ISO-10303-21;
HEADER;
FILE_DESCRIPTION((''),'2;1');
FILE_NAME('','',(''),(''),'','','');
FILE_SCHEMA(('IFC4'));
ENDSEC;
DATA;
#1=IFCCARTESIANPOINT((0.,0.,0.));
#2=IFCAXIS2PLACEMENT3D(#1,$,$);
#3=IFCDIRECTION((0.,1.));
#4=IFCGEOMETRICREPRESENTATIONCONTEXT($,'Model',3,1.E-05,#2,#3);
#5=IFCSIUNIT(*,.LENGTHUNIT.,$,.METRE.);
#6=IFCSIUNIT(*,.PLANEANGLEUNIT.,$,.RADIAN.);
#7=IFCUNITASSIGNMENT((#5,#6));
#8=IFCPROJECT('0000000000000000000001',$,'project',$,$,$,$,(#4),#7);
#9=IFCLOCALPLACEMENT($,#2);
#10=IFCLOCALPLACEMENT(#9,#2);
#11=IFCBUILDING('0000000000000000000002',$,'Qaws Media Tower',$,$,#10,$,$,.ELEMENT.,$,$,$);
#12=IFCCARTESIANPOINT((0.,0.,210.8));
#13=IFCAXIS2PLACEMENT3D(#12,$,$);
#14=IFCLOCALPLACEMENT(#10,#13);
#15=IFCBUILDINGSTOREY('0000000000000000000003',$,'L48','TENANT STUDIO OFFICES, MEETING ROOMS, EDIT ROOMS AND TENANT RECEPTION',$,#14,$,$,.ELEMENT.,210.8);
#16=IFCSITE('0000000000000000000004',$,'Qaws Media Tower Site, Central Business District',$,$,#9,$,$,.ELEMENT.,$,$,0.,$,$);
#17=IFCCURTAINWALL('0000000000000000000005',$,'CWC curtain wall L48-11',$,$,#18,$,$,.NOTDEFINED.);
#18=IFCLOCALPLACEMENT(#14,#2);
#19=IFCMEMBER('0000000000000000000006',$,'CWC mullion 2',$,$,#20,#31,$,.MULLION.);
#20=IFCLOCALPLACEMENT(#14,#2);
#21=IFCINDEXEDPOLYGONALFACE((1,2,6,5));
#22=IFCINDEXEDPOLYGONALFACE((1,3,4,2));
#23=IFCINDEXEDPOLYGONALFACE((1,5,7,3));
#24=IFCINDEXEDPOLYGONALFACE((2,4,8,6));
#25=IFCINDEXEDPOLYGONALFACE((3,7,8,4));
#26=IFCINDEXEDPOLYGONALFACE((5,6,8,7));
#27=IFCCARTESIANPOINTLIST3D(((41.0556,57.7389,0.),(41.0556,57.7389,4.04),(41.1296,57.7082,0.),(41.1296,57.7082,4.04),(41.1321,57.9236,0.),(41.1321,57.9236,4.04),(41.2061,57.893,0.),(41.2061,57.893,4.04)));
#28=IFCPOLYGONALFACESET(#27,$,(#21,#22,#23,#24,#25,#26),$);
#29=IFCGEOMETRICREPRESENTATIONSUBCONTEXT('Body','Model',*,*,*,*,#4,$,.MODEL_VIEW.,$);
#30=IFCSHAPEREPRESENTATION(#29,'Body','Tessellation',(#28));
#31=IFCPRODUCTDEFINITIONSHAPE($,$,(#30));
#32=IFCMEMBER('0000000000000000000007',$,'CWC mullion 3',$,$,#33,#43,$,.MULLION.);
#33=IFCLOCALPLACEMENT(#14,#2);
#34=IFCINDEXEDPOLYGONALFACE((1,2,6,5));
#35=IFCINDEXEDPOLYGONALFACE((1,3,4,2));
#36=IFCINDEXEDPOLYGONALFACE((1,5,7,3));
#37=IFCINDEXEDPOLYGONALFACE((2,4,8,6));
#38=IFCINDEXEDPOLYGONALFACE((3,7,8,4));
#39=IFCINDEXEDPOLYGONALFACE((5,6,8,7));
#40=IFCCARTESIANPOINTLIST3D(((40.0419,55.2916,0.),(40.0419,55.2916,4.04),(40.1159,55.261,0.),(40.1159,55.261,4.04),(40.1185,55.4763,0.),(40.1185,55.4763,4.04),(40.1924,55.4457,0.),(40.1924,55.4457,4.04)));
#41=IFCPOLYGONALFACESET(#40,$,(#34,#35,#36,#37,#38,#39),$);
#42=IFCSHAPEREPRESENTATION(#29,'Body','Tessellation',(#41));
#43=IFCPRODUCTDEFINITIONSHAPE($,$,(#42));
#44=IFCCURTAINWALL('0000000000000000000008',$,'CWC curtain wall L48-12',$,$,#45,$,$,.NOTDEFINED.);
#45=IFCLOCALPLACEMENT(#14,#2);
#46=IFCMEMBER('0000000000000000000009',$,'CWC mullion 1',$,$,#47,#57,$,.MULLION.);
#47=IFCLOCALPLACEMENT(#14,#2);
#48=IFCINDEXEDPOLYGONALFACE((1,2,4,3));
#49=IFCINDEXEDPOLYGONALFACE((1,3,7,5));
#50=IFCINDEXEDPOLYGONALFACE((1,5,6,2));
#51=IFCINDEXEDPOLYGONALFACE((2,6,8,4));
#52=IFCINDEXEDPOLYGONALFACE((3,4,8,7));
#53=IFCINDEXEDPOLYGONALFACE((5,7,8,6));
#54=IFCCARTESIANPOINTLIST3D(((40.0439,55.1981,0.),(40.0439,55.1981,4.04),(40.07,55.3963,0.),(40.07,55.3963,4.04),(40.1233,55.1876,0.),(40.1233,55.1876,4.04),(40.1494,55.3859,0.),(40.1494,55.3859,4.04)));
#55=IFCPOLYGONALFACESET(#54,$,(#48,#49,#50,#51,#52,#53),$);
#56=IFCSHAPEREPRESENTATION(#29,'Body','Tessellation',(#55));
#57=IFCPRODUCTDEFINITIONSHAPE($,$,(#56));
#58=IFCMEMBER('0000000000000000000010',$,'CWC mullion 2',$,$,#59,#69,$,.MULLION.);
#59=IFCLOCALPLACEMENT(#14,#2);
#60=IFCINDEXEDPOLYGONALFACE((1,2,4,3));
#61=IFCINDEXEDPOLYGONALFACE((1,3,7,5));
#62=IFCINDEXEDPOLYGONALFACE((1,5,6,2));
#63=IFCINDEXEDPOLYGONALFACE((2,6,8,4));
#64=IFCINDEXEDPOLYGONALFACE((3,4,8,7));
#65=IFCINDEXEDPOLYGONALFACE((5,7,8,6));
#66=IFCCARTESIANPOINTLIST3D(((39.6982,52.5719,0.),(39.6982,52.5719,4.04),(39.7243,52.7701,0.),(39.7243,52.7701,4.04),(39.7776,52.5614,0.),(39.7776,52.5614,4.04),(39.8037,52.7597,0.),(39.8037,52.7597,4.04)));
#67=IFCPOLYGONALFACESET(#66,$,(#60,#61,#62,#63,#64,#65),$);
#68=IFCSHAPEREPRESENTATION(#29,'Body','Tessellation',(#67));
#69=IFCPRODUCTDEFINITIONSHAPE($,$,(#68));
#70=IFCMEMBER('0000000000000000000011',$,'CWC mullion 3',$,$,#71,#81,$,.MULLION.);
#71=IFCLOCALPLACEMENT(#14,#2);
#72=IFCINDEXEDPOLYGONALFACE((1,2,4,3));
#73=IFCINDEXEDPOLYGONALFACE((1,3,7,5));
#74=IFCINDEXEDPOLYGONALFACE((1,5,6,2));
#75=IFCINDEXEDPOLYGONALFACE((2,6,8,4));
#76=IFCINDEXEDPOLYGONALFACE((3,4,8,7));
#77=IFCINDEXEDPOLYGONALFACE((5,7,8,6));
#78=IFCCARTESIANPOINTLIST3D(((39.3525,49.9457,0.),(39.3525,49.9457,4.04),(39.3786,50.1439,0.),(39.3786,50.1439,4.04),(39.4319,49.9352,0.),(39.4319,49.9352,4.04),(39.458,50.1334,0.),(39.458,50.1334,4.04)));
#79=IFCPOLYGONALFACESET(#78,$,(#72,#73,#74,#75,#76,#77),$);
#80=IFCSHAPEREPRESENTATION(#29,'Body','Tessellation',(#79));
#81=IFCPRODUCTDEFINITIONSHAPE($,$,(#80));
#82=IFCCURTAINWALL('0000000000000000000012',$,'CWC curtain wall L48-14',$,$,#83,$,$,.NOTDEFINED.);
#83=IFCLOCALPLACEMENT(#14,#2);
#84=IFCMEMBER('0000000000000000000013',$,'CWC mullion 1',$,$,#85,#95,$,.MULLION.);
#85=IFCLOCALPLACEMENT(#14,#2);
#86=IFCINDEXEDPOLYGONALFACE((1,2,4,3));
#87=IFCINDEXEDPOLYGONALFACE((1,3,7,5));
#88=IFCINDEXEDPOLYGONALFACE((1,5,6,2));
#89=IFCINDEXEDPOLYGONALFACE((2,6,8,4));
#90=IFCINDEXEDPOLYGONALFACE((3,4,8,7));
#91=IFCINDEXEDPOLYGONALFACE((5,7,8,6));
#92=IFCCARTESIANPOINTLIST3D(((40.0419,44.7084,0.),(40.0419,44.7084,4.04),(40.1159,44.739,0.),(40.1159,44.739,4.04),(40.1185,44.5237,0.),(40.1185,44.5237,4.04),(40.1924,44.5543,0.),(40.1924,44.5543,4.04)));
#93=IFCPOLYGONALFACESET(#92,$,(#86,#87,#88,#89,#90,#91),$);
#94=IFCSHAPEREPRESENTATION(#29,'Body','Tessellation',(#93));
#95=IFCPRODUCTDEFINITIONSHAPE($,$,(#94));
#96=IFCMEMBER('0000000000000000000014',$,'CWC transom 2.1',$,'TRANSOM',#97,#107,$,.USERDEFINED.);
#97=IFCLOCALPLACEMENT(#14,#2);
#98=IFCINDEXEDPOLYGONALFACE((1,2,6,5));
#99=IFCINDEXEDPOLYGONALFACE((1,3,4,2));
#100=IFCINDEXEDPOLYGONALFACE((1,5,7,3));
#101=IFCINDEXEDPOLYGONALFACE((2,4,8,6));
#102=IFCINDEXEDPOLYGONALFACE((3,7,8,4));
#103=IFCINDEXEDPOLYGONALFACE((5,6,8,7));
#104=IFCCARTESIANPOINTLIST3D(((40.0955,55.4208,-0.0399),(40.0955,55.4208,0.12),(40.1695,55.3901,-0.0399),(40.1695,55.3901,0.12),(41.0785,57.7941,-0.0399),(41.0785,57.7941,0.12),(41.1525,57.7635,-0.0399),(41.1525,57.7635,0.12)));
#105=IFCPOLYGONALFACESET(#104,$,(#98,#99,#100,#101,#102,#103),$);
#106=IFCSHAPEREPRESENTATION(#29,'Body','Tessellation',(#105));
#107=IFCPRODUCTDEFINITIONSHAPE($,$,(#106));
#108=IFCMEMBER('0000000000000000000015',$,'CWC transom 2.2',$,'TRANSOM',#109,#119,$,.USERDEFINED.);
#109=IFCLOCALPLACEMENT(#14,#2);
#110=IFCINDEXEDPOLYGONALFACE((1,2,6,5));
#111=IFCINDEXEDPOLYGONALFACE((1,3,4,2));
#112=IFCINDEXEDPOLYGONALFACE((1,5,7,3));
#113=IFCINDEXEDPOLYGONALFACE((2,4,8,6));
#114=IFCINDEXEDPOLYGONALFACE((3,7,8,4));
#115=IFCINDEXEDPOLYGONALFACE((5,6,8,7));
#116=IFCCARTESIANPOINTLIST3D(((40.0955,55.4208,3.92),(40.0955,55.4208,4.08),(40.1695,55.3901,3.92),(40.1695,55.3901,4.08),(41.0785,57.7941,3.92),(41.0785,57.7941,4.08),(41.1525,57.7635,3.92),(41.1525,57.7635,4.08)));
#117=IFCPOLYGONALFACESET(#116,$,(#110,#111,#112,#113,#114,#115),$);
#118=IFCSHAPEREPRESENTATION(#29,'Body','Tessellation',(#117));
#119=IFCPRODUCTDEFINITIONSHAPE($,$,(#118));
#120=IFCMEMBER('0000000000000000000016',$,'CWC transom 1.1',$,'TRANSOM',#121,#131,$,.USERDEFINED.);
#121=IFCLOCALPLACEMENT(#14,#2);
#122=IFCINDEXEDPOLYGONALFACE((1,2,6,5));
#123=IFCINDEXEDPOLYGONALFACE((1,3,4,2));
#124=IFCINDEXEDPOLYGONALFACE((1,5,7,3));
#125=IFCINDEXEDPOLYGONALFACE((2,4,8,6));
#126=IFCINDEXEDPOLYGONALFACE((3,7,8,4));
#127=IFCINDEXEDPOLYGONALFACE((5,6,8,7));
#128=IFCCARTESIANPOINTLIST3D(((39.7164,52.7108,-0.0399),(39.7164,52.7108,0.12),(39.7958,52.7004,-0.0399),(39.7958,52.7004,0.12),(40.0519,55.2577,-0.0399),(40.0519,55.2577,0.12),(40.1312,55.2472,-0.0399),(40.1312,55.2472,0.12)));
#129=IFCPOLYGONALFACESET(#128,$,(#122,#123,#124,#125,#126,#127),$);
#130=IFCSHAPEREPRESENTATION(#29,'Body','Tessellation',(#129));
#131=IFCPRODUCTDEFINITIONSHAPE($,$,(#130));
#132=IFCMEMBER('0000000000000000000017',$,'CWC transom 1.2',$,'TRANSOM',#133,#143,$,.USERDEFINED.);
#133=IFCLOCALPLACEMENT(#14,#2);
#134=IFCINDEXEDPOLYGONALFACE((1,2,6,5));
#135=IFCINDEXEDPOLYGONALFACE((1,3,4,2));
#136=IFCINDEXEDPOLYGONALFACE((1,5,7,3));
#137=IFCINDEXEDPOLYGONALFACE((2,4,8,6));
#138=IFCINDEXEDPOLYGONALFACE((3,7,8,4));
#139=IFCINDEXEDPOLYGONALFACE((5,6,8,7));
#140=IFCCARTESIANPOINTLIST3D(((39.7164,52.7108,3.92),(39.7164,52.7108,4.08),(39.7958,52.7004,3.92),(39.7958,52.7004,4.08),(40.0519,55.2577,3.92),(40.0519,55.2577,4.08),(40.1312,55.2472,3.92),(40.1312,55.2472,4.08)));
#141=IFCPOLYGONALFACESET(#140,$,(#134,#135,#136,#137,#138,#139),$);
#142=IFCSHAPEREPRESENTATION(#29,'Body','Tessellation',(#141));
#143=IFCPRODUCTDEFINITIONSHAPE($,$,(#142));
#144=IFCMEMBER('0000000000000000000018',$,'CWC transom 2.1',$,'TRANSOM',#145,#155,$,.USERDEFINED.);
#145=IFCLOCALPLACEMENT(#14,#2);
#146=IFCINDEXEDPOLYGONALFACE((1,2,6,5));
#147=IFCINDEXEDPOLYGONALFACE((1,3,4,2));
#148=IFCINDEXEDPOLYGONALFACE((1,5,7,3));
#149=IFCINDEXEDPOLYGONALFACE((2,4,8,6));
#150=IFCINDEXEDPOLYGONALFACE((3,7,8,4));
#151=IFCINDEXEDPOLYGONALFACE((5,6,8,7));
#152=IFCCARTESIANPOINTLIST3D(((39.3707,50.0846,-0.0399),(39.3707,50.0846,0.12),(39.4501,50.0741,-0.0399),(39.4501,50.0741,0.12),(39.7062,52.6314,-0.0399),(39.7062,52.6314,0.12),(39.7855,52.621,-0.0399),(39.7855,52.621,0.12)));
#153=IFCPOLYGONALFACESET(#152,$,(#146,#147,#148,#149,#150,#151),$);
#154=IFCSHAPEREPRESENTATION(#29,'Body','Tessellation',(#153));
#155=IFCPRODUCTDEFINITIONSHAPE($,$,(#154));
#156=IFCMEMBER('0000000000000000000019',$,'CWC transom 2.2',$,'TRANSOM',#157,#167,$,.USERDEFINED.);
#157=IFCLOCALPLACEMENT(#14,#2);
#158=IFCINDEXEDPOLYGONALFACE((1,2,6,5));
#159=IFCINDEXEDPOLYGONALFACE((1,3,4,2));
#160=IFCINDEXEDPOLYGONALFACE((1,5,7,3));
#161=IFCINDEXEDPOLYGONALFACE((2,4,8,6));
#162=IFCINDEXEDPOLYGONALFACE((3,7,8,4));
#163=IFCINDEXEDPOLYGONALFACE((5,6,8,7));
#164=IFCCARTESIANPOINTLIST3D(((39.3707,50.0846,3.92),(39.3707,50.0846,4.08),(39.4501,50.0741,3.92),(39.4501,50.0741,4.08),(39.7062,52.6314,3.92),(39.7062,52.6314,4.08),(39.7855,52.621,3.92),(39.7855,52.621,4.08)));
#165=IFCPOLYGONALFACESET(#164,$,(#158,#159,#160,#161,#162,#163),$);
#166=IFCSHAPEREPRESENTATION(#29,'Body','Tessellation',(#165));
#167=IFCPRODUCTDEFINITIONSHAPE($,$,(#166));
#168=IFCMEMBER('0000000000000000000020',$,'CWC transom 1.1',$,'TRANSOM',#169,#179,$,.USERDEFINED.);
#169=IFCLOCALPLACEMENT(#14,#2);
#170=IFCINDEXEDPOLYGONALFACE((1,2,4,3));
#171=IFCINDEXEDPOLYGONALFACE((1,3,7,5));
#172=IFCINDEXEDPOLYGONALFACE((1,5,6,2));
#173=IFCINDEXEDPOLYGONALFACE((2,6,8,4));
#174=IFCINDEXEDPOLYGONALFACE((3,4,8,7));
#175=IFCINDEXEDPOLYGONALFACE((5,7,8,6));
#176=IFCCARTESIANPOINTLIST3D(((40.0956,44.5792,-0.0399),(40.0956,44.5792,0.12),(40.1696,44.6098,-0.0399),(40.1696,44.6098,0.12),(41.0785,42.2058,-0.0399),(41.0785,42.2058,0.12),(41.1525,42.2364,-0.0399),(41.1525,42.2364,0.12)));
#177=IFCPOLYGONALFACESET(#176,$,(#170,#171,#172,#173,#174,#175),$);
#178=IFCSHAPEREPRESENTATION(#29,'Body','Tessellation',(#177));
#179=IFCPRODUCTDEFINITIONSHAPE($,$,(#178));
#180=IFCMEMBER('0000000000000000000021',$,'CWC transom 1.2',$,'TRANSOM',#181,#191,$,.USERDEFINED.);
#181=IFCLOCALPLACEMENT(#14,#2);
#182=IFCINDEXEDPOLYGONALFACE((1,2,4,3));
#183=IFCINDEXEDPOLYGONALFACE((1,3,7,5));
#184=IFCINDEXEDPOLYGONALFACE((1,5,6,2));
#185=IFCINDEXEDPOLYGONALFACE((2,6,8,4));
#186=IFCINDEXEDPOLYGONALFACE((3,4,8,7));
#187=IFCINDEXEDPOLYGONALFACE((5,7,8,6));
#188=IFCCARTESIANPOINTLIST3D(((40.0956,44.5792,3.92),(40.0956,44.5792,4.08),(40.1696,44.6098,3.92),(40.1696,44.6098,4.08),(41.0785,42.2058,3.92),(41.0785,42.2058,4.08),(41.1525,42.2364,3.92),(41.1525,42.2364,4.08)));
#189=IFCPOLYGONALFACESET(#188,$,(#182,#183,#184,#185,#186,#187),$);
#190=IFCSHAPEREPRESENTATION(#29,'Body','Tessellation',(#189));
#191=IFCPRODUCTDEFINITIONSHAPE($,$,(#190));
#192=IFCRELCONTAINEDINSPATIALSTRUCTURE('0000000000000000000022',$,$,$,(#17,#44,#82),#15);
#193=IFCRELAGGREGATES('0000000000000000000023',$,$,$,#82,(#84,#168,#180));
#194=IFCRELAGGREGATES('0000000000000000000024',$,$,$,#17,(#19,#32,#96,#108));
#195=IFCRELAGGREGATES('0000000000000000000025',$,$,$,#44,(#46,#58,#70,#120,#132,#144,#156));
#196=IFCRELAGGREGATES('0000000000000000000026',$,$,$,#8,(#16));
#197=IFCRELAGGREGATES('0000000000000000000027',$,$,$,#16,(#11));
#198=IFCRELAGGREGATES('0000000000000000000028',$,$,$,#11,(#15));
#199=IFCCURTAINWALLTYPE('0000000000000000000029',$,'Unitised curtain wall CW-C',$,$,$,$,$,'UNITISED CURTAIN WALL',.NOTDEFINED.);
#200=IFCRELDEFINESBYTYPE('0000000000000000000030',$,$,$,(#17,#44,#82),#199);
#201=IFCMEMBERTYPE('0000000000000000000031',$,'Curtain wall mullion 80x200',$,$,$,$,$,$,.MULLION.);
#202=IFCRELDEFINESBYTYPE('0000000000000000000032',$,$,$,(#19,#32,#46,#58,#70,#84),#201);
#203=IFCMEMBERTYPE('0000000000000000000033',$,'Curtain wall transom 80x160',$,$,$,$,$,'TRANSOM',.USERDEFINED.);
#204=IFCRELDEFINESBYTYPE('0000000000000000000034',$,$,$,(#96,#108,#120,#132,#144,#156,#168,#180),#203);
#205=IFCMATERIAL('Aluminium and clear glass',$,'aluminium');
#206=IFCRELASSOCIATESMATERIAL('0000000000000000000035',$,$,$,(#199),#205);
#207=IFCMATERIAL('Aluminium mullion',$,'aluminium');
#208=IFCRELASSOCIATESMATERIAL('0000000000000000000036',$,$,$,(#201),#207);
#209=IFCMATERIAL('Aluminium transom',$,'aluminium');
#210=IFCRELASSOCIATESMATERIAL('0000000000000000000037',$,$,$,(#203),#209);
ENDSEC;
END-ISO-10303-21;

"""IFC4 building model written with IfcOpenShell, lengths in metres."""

from ifc_helpers import new_model, si_unit, direction, frame, origin, origin_2d, place, context, subcontext, project, spatial, rectangle, extrude, material, material_profile, profile_set, type_object, element, aggregate, save


model = new_model("IFC4")

# Units and contexts
model_context = context("Model", 3, precision=1e-05, world=origin(), true_north=direction((0.0, 1.0)))
body_context = subcontext(model_context, "Body", "Model", "MODEL_VIEW")
ifc_project = project(units=[si_unit("LENGTHUNIT", "METRE"), si_unit("PLANEANGLEUNIT", "RADIAN")], contexts=[model_context])

# Site, building, storey
site_placement = place(None, origin())
site = spatial("IfcSite", under=ifc_project, at=site_placement, Name="Qaws Media Tower Site, Central Business District", CompositionType="ELEMENT", RefElevation=0.0)
building_placement = place(site_placement, origin())
building = spatial("IfcBuilding", under=site, at=building_placement, Name="Qaws Media Tower", CompositionType="ELEMENT")
storey_placement = place(building_placement, frame((0.0, 0.0, 210.8)))
storey = spatial("IfcBuildingStorey", under=building, at=storey_placement, Name="L48", Description="TENANT STUDIO OFFICES, MEETING ROOMS, EDIT ROOMS AND TENANT RECEPTION", CompositionType="ELEMENT", Elevation=210.8)

# Curtain walls, members
ifc_material_1 = material(Name="Aluminium and clear glass", Category="aluminium")
curtain_wall_type = type_object("IfcCurtainWallType", Name="Unitised curtain wall CW-C", ElementType="UNITISED CURTAIN WALL", PredefinedType="NOTDEFINED", material=ifc_material_1)
curtain_wall_1_placement = place(storey_placement, origin())
curtain_wall_1 = element("IfcCurtainWall", 1, at=curtain_wall_1_placement, inside=storey, type_object=curtain_wall_type, Name="CWC curtain wall L48-11", PredefinedType="NOTDEFINED")
ifc_material_2 = material(Name="Aluminium mullion", Category="aluminium")
ifc_material_profile_1 = material_profile(ifc_material_2, rectangle(XDim=0.0801, YDim=0.2, at=origin_2d()), Name="80x200")
ifc_profile_set_1 = profile_set([ifc_material_profile_1], Name="Aluminium mullion")
member_type_1 = type_object("IfcMemberType", Name="Curtain wall mullion 80x200", PredefinedType="MULLION", material=ifc_profile_set_1)
member_1_placement = place(storey_placement, frame((41.1309, 57.8159, 0.0), z_axis=(0.0, 0.0, 1.0), x_axis=(0.92388, -0.382683, 0.0)))
member_1 = element("IfcMember", 2, at=member_1_placement, type_object=member_type_1, Name="CWC mullion 2", PredefinedType="MULLION", context=body_context, shape_type="SweptSolid", body=[
    extrude(rectangle(XDim=0.0801, YDim=0.2, at=origin_2d()), origin(), (0.0, 0.0, 1.0), 4.04),
])
member_2_placement = place(storey_placement, frame((40.1172, 55.3687, 0.0), z_axis=(0.0, 0.0, 1.0), x_axis=(0.92388, -0.382683, 0.0)))
member_2 = element("IfcMember", 3, at=member_2_placement, type_object=member_type_1, Name="CWC mullion 3", PredefinedType="MULLION", context=body_context, shape_type="SweptSolid", body=[
    extrude(rectangle(XDim=0.0801, YDim=0.2, at=origin_2d()), origin(), (0.0, 0.0, 1.0), 4.04),
])
curtain_wall_2_placement = place(storey_placement, origin())
curtain_wall_2 = element("IfcCurtainWall", 4, at=curtain_wall_2_placement, inside=storey, type_object=curtain_wall_type, Name="CWC curtain wall L48-12", PredefinedType="NOTDEFINED")
member_3_placement = place(storey_placement, frame((40.0967, 55.292, 0.0), z_axis=(0.0, 0.0, 1.0), x_axis=(0.991445, -0.130526, 0.0)))
member_3 = element("IfcMember", 5, at=member_3_placement, type_object=member_type_1, Name="CWC mullion 1", PredefinedType="MULLION", context=body_context, shape_type="SweptSolid", body=[
    extrude(rectangle(XDim=0.0801, YDim=0.2, at=origin_2d()), origin(), (0.0, 0.0, 1.0), 4.04),
])
member_4_placement = place(storey_placement, frame((39.751, 52.6658, 0.0), z_axis=(0.0, 0.0, 1.0), x_axis=(0.991445, -0.130526, 0.0)))
member_4 = element("IfcMember", 6, at=member_4_placement, type_object=member_type_1, Name="CWC mullion 2", PredefinedType="MULLION", context=body_context, shape_type="SweptSolid", body=[
    extrude(rectangle(XDim=0.0801, YDim=0.2, at=origin_2d()), origin(), (0.0, 0.0, 1.0), 4.04),
])
member_5_placement = place(storey_placement, frame((39.4053, 50.0396, 0.0), z_axis=(0.0, 0.0, 1.0), x_axis=(0.991445, -0.130526, 0.0)))
member_5 = element("IfcMember", 7, at=member_5_placement, type_object=member_type_1, Name="CWC mullion 3", PredefinedType="MULLION", context=body_context, shape_type="SweptSolid", body=[
    extrude(rectangle(XDim=0.0801, YDim=0.2, at=origin_2d()), origin(), (0.0, 0.0, 1.0), 4.04),
])

# Curtain wall, member
curtain_wall_3_placement = place(storey_placement, origin())
curtain_wall_3 = element("IfcCurtainWall", 8, at=curtain_wall_3_placement, inside=storey, type_object=curtain_wall_type, Name="CWC curtain wall L48-14", PredefinedType="NOTDEFINED")
member_6_placement = place(storey_placement, frame((40.1172, 44.6313, 0.0), z_axis=(0.0, 0.0, 1.0), x_axis=(0.92388, 0.382683, 0.0)))
member_6 = element("IfcMember", 9, at=member_6_placement, type_object=member_type_1, Name="CWC mullion 1", PredefinedType="MULLION", context=body_context, shape_type="SweptSolid", body=[
    extrude(rectangle(XDim=0.0801, YDim=0.2, at=origin_2d()), origin(), (0.0, 0.0, 1.0), 4.04),
])

# Members
ifc_material_3 = material(Name="Aluminium transom", Category="aluminium")
ifc_material_profile_2 = material_profile(ifc_material_3, rectangle(XDim=0.0801, YDim=0.1599, at=origin_2d()), Name="80x160")
ifc_profile_set_2 = profile_set([ifc_material_profile_2], Name="Aluminium transom")
member_type_2 = type_object("IfcMemberType", Name="Curtain wall transom 80x160", ElementType="TRANSOM", PredefinedType="USERDEFINED", material=ifc_profile_set_2)
member_7_placement = place(storey_placement, frame((41.1155, 57.7788, 0.04), z_axis=(-0.382637, -0.923899, 0.0), x_axis=(0.923899, -0.382637, 0.0)))
member_7 = element("IfcMember", 10, at=member_7_placement, type_object=member_type_2, Name="CWC transom 2.1", ObjectType="TRANSOM", PredefinedType="USERDEFINED", context=body_context, shape_type="SweptSolid", body=[
    extrude(rectangle(XDim=0.0801, YDim=0.1599, at=origin_2d()), origin(), (0.0, 0.0, 1.0), 2.5688),
])
member_8_placement = place(storey_placement, frame((41.1155, 57.7788, 4.0), z_axis=(-0.382637, -0.923899, 0.0), x_axis=(0.923899, -0.382637, 0.0)))
member_8 = element("IfcMember", 11, at=member_8_placement, type_object=member_type_2, Name="CWC transom 2.2", ObjectType="TRANSOM", PredefinedType="USERDEFINED", context=body_context, shape_type="SweptSolid", body=[
    extrude(rectangle(XDim=0.0801, YDim=0.1599, at=origin_2d()), origin(), (0.0, 0.0, 1.0), 2.5688),
])
member_9_placement = place(storey_placement, frame((40.0916, 55.2524, 0.04), z_axis=(-0.130582, -0.991437, 0.0), x_axis=(0.991437, -0.130582, 0.0)))
member_9 = element("IfcMember", 12, at=member_9_placement, type_object=member_type_2, Name="CWC transom 1.1", ObjectType="TRANSOM", PredefinedType="USERDEFINED", context=body_context, shape_type="SweptSolid", body=[
    extrude(rectangle(XDim=0.0801, YDim=0.1599, at=origin_2d()), origin(), (0.0, 0.0, 1.0), 2.5688),
])
member_10_placement = place(storey_placement, frame((40.0916, 55.2524, 4.0), z_axis=(-0.130582, -0.991437, 0.0), x_axis=(0.991437, -0.130582, 0.0)))
member_10 = element("IfcMember", 13, at=member_10_placement, type_object=member_type_2, Name="CWC transom 1.2", ObjectType="TRANSOM", PredefinedType="USERDEFINED", context=body_context, shape_type="SweptSolid", body=[
    extrude(rectangle(XDim=0.0801, YDim=0.1599, at=origin_2d()), origin(), (0.0, 0.0, 1.0), 2.5688),
])
member_11_placement = place(storey_placement, frame((39.7458, 52.6262, 0.04), z_axis=(-0.130582, -0.991437, 0.0), x_axis=(0.991437, -0.130582, 0.0)))
member_11 = element("IfcMember", 14, at=member_11_placement, type_object=member_type_2, Name="CWC transom 2.1", ObjectType="TRANSOM", PredefinedType="USERDEFINED", context=body_context, shape_type="SweptSolid", body=[
    extrude(rectangle(XDim=0.0801, YDim=0.1599, at=origin_2d()), origin(), (0.0, 0.0, 1.0), 2.5688),
])
member_12_placement = place(storey_placement, frame((39.7458, 52.6262, 4.0), z_axis=(-0.130582, -0.991437, 0.0), x_axis=(0.991437, -0.130582, 0.0)))
member_12 = element("IfcMember", 15, at=member_12_placement, type_object=member_type_2, Name="CWC transom 2.2", ObjectType="TRANSOM", PredefinedType="USERDEFINED", context=body_context, shape_type="SweptSolid", body=[
    extrude(rectangle(XDim=0.0801, YDim=0.1599, at=origin_2d()), origin(), (0.0, 0.0, 1.0), 2.5688),
])
member_13_placement = place(storey_placement, frame((40.1326, 44.5945, 0.04), z_axis=(0.382637, -0.923899, 0.0), x_axis=(0.923899, 0.382637, 0.0)))
member_13 = element("IfcMember", 16, at=member_13_placement, type_object=member_type_2, Name="CWC transom 1.1", ObjectType="TRANSOM", PredefinedType="USERDEFINED", context=body_context, shape_type="SweptSolid", body=[
    extrude(rectangle(XDim=0.0801, YDim=0.1599, at=origin_2d()), origin(), (0.0, 0.0, 1.0), 2.5688),
])
member_14_placement = place(storey_placement, frame((40.1326, 44.5945, 4.0), z_axis=(0.382637, -0.923899, 0.0), x_axis=(0.923899, 0.382637, 0.0)))
member_14 = element("IfcMember", 17, at=member_14_placement, type_object=member_type_2, Name="CWC transom 1.2", ObjectType="TRANSOM", PredefinedType="USERDEFINED", context=body_context, shape_type="SweptSolid", body=[
    extrude(rectangle(XDim=0.0801, YDim=0.1599, at=origin_2d()), origin(), (0.0, 0.0, 1.0), 2.5688),
])
aggregate(curtain_wall_3, [member_6, member_13, member_14])

aggregate(curtain_wall_1, [member_1, member_2, member_7, member_8])
aggregate(curtain_wall_2, [member_3, member_4, member_5, member_9, member_10, member_11, member_12])

save(model, "model.ifc")
